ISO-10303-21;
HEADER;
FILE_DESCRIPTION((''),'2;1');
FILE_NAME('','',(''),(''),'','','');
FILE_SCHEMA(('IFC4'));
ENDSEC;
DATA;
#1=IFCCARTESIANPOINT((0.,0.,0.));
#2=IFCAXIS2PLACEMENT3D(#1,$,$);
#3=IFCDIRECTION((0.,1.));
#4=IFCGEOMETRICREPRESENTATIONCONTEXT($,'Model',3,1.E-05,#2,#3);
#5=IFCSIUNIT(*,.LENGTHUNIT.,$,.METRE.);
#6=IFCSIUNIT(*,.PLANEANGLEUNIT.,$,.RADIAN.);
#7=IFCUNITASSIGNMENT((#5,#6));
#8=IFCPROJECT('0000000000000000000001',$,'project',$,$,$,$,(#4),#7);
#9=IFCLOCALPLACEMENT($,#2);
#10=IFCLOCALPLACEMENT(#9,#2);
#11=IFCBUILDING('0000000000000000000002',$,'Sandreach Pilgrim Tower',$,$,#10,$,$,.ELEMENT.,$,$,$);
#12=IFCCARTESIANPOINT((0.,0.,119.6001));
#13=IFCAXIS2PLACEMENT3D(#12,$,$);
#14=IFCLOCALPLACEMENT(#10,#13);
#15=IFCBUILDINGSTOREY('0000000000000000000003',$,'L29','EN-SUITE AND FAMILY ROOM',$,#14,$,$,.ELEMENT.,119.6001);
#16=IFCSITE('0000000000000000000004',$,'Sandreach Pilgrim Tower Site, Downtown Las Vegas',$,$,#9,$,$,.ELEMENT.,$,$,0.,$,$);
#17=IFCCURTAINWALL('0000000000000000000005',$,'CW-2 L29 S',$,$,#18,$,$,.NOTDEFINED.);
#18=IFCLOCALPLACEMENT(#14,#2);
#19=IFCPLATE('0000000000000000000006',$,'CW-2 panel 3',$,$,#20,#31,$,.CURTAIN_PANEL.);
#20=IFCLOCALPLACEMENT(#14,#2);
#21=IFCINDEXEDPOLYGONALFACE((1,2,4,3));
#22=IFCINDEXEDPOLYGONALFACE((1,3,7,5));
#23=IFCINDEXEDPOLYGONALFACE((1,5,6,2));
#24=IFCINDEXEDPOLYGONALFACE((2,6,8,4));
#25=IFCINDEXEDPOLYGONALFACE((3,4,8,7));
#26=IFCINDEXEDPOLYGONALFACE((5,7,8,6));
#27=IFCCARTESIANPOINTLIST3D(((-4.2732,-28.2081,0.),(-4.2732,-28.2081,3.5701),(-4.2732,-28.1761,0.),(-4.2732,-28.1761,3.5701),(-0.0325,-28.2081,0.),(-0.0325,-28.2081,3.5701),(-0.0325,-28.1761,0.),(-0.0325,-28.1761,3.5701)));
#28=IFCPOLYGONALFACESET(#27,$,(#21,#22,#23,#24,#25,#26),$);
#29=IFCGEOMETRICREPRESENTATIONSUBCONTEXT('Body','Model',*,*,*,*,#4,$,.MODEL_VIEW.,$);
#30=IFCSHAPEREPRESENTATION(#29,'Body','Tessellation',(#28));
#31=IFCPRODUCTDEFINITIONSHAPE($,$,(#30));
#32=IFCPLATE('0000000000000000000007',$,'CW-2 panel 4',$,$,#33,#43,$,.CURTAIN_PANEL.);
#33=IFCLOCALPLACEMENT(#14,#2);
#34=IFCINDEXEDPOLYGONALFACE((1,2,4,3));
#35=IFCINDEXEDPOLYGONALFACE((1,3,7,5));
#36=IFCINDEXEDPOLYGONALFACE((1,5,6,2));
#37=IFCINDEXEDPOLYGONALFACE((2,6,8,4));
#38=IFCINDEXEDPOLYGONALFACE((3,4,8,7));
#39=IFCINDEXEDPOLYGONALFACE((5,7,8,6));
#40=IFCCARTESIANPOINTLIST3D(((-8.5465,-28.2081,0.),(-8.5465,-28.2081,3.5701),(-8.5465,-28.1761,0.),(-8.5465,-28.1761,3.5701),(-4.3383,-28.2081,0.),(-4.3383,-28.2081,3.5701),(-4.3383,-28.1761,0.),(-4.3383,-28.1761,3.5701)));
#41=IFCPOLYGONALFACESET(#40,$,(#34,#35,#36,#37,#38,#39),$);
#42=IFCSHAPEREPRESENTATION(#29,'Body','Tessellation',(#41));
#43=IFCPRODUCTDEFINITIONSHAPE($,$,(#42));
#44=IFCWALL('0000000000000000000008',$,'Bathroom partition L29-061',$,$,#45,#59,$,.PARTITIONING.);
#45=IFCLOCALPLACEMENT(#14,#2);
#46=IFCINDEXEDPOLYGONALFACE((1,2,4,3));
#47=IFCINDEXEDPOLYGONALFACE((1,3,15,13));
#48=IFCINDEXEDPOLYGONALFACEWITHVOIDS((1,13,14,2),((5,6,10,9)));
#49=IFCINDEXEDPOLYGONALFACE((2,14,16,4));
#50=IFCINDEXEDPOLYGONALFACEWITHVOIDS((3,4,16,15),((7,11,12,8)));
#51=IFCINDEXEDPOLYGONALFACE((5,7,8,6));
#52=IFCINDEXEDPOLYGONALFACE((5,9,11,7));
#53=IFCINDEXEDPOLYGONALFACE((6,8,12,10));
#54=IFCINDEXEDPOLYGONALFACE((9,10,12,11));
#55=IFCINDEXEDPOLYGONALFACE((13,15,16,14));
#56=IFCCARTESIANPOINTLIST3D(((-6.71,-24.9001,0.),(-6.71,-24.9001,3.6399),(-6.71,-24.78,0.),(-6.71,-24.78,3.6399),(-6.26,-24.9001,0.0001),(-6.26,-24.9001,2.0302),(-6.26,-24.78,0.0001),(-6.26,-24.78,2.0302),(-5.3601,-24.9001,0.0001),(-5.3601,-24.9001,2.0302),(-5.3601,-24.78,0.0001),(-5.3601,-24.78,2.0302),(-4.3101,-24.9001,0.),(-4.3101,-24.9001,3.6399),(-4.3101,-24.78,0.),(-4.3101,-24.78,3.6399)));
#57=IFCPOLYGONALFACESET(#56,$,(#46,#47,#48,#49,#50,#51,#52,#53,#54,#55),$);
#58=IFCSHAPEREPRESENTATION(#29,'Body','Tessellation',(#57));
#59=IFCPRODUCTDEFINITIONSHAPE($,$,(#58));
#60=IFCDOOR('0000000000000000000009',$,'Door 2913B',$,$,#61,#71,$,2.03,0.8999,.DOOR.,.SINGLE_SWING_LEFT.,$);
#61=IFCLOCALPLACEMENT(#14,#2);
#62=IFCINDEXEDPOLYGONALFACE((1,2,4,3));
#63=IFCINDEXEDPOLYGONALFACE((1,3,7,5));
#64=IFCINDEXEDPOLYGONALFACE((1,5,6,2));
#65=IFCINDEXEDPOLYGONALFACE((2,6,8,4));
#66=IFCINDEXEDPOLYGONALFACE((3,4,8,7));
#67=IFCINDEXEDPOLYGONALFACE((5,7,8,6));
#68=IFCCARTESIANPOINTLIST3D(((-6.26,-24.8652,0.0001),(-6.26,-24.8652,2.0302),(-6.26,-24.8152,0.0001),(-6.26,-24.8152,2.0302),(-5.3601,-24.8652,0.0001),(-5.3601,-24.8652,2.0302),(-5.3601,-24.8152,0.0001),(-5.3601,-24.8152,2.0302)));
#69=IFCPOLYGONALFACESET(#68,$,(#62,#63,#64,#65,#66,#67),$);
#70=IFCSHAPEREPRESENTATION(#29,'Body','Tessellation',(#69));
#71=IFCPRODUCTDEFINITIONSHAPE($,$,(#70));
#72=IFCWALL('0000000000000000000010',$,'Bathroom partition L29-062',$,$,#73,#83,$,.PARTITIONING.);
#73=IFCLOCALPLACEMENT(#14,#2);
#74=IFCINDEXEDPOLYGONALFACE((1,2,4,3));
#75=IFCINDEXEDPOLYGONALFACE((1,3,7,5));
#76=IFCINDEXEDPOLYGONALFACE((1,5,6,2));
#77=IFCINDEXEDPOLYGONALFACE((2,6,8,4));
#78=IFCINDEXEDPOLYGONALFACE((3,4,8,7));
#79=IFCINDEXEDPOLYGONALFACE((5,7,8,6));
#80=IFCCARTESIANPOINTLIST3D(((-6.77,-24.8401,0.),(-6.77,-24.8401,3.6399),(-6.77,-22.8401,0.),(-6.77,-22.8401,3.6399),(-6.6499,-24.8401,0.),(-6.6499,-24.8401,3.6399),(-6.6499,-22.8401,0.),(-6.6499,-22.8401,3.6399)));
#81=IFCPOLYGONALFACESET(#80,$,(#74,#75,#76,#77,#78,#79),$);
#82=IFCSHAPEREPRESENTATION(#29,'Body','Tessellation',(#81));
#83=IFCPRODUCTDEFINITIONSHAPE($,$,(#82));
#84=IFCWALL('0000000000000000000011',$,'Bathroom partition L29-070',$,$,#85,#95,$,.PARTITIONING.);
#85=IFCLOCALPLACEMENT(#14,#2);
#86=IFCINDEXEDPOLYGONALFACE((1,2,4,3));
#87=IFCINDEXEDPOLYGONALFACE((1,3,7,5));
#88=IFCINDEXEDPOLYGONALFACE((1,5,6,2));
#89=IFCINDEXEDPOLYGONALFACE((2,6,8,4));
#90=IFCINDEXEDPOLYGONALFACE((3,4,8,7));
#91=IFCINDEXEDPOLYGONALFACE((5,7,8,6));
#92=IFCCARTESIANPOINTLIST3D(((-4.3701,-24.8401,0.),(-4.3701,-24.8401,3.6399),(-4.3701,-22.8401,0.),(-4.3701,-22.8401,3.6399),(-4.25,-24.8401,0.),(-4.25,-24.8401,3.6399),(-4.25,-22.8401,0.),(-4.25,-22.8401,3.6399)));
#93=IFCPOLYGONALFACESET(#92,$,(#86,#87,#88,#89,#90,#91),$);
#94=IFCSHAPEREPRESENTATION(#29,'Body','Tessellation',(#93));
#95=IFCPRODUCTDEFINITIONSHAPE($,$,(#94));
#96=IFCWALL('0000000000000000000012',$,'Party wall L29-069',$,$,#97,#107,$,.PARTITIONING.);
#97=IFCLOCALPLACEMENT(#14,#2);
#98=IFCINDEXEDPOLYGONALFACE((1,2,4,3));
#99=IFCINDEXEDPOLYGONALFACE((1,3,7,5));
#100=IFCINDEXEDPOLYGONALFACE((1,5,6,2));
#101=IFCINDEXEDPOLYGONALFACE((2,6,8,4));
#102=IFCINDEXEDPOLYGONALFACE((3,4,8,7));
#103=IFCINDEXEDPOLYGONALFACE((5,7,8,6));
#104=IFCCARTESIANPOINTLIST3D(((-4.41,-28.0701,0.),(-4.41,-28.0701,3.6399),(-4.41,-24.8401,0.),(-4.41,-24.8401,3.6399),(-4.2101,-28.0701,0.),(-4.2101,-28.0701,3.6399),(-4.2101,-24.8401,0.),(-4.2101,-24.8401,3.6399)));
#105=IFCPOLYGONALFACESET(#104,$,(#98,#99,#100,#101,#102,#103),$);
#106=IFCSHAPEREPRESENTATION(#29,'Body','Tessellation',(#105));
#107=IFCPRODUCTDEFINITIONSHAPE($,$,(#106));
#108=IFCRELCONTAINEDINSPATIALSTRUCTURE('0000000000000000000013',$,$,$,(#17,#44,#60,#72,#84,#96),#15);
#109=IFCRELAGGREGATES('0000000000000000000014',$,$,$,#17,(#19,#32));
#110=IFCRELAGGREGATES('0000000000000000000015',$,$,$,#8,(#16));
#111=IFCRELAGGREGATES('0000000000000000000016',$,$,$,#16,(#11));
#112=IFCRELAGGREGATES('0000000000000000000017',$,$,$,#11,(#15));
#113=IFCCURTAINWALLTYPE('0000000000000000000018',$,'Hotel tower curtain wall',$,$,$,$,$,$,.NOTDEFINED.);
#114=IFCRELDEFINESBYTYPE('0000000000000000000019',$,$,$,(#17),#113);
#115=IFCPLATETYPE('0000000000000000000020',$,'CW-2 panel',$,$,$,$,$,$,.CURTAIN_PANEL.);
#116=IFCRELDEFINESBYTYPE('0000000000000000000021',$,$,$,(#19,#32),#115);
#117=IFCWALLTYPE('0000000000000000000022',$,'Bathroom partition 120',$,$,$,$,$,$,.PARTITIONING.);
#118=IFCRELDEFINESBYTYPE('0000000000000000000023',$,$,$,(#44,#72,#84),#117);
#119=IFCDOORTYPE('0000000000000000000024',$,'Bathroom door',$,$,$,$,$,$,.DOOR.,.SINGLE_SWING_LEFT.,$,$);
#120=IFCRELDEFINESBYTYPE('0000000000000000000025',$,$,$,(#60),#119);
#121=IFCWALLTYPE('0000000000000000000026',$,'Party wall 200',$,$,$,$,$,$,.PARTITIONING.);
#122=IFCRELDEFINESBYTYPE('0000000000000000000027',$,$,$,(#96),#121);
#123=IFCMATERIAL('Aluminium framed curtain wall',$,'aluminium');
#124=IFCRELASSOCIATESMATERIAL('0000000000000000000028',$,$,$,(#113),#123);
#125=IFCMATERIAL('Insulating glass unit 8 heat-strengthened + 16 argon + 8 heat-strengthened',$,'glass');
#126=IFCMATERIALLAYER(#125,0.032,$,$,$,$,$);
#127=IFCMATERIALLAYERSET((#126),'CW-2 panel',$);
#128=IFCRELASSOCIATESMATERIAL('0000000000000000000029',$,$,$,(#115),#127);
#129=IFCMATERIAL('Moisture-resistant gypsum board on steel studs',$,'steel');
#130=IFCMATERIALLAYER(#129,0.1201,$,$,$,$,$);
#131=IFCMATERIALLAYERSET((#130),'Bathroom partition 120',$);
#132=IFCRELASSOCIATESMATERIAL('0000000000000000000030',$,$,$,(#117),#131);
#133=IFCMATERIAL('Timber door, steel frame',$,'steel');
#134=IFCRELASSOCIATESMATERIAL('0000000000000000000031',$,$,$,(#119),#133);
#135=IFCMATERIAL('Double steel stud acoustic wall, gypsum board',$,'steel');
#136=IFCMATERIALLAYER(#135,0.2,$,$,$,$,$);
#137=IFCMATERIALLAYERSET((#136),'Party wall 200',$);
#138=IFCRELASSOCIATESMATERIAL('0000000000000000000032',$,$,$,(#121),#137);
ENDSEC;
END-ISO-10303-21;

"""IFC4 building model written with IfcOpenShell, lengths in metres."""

from ifc_helpers import new_model, si_unit, direction, frame, frame_2d, origin, origin_2d, place, context, subcontext, project, spatial, rectangle, extrude, material, layer, layer_set, type_object, element, fill, aggregate, save


model = new_model("IFC4")

# Units and contexts
model_context = context("Model", 3, precision=1e-05, world=origin(), true_north=direction((0.0, 1.0)))
body_context = subcontext(model_context, "Body", "Model", "MODEL_VIEW")
ifc_project = project(units=[si_unit("LENGTHUNIT", "METRE"), si_unit("PLANEANGLEUNIT", "RADIAN")], contexts=[model_context])

# Site, building, storey
site_placement = place(None, origin())
site = spatial("IfcSite", under=ifc_project, at=site_placement, Name="Sandreach Pilgrim Tower Site, Downtown Las Vegas", CompositionType="ELEMENT", RefElevation=0.0)
building_placement = place(site_placement, origin())
building = spatial("IfcBuilding", under=site, at=building_placement, Name="Sandreach Pilgrim Tower", CompositionType="ELEMENT")
storey_placement = place(building_placement, frame((0.0, 0.0, 119.6001)))
storey = spatial("IfcBuildingStorey", under=building, at=storey_placement, Name="L29", Description="EN-SUITE AND FAMILY ROOM", CompositionType="ELEMENT", Elevation=119.6001)

# Curtain wall
ifc_material_1 = material(Name="Aluminium framed curtain wall", Category="aluminium")
curtain_wall_type = type_object("IfcCurtainWallType", Name="Hotel tower curtain wall", PredefinedType="NOTDEFINED", material=ifc_material_1)
curtain_wall_placement = place(storey_placement, origin())
curtain_wall = element("IfcCurtainWall", 1, at=curtain_wall_placement, inside=storey, type_object=curtain_wall_type, Name="CW-2 L29 S", PredefinedType="NOTDEFINED")

# Plates
ifc_material_2 = material(Name="Insulating glass unit 8 heat-strengthened + 16 argon + 8 heat-strengthened", Category="glass")
ifc_layer_1 = layer(ifc_material_2, 0.032)
ifc_layer_set_1 = layer_set([ifc_layer_1], Name="CW-2 panel")
plate_type = type_object("IfcPlateType", Name="CW-2 panel", PredefinedType="CURTAIN_PANEL", material=ifc_layer_set_1)
plate_1_placement = place(storey_placement, frame((-2.1528, -28.1921, 0.0), z_axis=(0.0, 0.0, 1.0), x_axis=(-1.0, 0.0, 0.0)))
plate_1 = element("IfcPlate", 2, at=plate_1_placement, type_object=plate_type, Name="CW-2 panel 3", PredefinedType="CURTAIN_PANEL", context=body_context, shape_type="SweptSolid", body=[
    extrude(rectangle(XDim=4.2407, YDim=0.032, at=origin_2d()), origin(), (0.0, 0.0, 1.0), 3.5701),
])
plate_2_placement = place(storey_placement, frame((-6.4424, -28.1921, 0.0), z_axis=(0.0, 0.0, 1.0), x_axis=(-1.0, 0.0, 0.0)))
plate_2 = element("IfcPlate", 3, at=plate_2_placement, type_object=plate_type, Name="CW-2 panel 4", PredefinedType="CURTAIN_PANEL", context=body_context, shape_type="SweptSolid", body=[
    extrude(rectangle(XDim=4.2083, YDim=0.032, at=origin_2d()), origin(), (0.0, 0.0, 1.0), 3.5701),
])
aggregate(curtain_wall, [plate_1, plate_2])

# Wall, opening, door
ifc_material_3 = material(Name="Moisture-resistant gypsum board on steel studs", Category="steel")
ifc_layer_2 = layer(ifc_material_3, 0.1201)
ifc_layer_set_2 = layer_set([ifc_layer_2], Name="Bathroom partition 120")
wall_type_1 = type_object("IfcWallType", Name="Bathroom partition 120", PredefinedType="PARTITIONING", material=ifc_layer_set_2)
wall_1_placement = place(storey_placement, frame((-6.71, -24.8401, 0.0), z_axis=(0.0, 0.0, 1.0), x_axis=(1.0, 0.0, 0.0)))
wall_1 = element("IfcWall", 4, at=wall_1_placement, inside=storey, type_object=wall_type_1, Name="Bathroom partition L29-061", PredefinedType="PARTITIONING", context=body_context, shape_type="SweptSolid", body=[
    extrude(rectangle(XDim=2.3999, YDim=0.1201, at=frame_2d((1.2, 0.0))), origin(), (0.0, 0.0, 1.0), 3.6399),
])
opening_placement = place(wall_1_placement, frame((0.45, 0.0, 0.0)))
opening = element("IfcOpeningElement", 5, at=opening_placement, cuts=wall_1, PredefinedType="OPENING", context=body_context, shape_type="SweptSolid", body=[
    extrude(rectangle(XDim=0.8999, YDim=2.03, at=frame_2d((0.45, 1.0151))), frame((0.0, 0.0601, 0.0), z_axis=(0.0, -1.0, 0.0), x_axis=(1.0, 0.0, 0.0)), (0.0, 0.0, 1.0), 0.1201),
])
ifc_material_4 = material(Name="Timber door, steel frame", Category="steel")
door_type = type_object("IfcDoorType", Name="Bathroom door", OperationType="SINGLE_SWING_LEFT", PredefinedType="DOOR", material=ifc_material_4)
door_placement = place(opening_placement, origin())
door = element("IfcDoor", 6, at=door_placement, inside=storey, type_object=door_type, Name="Door 2913B", OperationType="SINGLE_SWING_LEFT", OverallHeight=2.03, OverallWidth=0.8999, PredefinedType="DOOR", context=body_context, shape_type="SweptSolid", body=[
    extrude(rectangle(XDim=0.8999, YDim=2.03, at=frame_2d((0.45, 1.0151))), frame((0.0, 0.0249, 0.0), z_axis=(0.0, -1.0, 0.0), x_axis=(1.0, 0.0, 0.0)), (0.0, 0.0, 1.0), 0.05),
])
fill(opening, door)

# Walls
for number, where, z_axis, x_axis, name in (
    (7, (-6.71, -22.8401, 0.0), (0.0, 0.0, 1.0), (0.0, -1.0, 0.0), "Bathroom partition L29-062"),
    (8, (-4.3101, -24.8401, 0.0), (0.0, 0.0, 1.0), (0.0, 1.0, 0.0), "Bathroom partition L29-070"),
):
    element("IfcWall", number, at=place(storey_placement, frame(where, z_axis=z_axis, x_axis=x_axis)), inside=storey, type_object=wall_type_1, Name=name, PredefinedType="PARTITIONING", context=body_context, shape_type="SweptSolid", body=[
        extrude(rectangle(XDim=2.0, YDim=0.1201, at=frame_2d((1.0, 0.0))), origin(), (0.0, 0.0, 1.0), 3.6399),
    ])
ifc_material_5 = material(Name="Double steel stud acoustic wall, gypsum board", Category="steel")
ifc_layer_3 = layer(ifc_material_5, 0.2)
ifc_layer_set_3 = layer_set([ifc_layer_3], Name="Party wall 200")
wall_type_2 = type_object("IfcWallType", Name="Party wall 200", PredefinedType="PARTITIONING", material=ifc_layer_set_3)
wall_2_placement = place(storey_placement, frame((-4.3101, -28.0701, 0.0), z_axis=(0.0, 0.0, 1.0), x_axis=(0.0, 1.0, 0.0)))
element("IfcWall", 9, at=wall_2_placement, inside=storey, type_object=wall_type_2, Name="Party wall L29-069", PredefinedType="PARTITIONING", context=body_context, shape_type="SweptSolid", body=[
    extrude(rectangle(XDim=3.23, YDim=0.2, at=frame_2d((1.615, 0.0))), origin(), (0.0, 0.0, 1.0), 3.6399),
])

save(model, "model.ifc")
